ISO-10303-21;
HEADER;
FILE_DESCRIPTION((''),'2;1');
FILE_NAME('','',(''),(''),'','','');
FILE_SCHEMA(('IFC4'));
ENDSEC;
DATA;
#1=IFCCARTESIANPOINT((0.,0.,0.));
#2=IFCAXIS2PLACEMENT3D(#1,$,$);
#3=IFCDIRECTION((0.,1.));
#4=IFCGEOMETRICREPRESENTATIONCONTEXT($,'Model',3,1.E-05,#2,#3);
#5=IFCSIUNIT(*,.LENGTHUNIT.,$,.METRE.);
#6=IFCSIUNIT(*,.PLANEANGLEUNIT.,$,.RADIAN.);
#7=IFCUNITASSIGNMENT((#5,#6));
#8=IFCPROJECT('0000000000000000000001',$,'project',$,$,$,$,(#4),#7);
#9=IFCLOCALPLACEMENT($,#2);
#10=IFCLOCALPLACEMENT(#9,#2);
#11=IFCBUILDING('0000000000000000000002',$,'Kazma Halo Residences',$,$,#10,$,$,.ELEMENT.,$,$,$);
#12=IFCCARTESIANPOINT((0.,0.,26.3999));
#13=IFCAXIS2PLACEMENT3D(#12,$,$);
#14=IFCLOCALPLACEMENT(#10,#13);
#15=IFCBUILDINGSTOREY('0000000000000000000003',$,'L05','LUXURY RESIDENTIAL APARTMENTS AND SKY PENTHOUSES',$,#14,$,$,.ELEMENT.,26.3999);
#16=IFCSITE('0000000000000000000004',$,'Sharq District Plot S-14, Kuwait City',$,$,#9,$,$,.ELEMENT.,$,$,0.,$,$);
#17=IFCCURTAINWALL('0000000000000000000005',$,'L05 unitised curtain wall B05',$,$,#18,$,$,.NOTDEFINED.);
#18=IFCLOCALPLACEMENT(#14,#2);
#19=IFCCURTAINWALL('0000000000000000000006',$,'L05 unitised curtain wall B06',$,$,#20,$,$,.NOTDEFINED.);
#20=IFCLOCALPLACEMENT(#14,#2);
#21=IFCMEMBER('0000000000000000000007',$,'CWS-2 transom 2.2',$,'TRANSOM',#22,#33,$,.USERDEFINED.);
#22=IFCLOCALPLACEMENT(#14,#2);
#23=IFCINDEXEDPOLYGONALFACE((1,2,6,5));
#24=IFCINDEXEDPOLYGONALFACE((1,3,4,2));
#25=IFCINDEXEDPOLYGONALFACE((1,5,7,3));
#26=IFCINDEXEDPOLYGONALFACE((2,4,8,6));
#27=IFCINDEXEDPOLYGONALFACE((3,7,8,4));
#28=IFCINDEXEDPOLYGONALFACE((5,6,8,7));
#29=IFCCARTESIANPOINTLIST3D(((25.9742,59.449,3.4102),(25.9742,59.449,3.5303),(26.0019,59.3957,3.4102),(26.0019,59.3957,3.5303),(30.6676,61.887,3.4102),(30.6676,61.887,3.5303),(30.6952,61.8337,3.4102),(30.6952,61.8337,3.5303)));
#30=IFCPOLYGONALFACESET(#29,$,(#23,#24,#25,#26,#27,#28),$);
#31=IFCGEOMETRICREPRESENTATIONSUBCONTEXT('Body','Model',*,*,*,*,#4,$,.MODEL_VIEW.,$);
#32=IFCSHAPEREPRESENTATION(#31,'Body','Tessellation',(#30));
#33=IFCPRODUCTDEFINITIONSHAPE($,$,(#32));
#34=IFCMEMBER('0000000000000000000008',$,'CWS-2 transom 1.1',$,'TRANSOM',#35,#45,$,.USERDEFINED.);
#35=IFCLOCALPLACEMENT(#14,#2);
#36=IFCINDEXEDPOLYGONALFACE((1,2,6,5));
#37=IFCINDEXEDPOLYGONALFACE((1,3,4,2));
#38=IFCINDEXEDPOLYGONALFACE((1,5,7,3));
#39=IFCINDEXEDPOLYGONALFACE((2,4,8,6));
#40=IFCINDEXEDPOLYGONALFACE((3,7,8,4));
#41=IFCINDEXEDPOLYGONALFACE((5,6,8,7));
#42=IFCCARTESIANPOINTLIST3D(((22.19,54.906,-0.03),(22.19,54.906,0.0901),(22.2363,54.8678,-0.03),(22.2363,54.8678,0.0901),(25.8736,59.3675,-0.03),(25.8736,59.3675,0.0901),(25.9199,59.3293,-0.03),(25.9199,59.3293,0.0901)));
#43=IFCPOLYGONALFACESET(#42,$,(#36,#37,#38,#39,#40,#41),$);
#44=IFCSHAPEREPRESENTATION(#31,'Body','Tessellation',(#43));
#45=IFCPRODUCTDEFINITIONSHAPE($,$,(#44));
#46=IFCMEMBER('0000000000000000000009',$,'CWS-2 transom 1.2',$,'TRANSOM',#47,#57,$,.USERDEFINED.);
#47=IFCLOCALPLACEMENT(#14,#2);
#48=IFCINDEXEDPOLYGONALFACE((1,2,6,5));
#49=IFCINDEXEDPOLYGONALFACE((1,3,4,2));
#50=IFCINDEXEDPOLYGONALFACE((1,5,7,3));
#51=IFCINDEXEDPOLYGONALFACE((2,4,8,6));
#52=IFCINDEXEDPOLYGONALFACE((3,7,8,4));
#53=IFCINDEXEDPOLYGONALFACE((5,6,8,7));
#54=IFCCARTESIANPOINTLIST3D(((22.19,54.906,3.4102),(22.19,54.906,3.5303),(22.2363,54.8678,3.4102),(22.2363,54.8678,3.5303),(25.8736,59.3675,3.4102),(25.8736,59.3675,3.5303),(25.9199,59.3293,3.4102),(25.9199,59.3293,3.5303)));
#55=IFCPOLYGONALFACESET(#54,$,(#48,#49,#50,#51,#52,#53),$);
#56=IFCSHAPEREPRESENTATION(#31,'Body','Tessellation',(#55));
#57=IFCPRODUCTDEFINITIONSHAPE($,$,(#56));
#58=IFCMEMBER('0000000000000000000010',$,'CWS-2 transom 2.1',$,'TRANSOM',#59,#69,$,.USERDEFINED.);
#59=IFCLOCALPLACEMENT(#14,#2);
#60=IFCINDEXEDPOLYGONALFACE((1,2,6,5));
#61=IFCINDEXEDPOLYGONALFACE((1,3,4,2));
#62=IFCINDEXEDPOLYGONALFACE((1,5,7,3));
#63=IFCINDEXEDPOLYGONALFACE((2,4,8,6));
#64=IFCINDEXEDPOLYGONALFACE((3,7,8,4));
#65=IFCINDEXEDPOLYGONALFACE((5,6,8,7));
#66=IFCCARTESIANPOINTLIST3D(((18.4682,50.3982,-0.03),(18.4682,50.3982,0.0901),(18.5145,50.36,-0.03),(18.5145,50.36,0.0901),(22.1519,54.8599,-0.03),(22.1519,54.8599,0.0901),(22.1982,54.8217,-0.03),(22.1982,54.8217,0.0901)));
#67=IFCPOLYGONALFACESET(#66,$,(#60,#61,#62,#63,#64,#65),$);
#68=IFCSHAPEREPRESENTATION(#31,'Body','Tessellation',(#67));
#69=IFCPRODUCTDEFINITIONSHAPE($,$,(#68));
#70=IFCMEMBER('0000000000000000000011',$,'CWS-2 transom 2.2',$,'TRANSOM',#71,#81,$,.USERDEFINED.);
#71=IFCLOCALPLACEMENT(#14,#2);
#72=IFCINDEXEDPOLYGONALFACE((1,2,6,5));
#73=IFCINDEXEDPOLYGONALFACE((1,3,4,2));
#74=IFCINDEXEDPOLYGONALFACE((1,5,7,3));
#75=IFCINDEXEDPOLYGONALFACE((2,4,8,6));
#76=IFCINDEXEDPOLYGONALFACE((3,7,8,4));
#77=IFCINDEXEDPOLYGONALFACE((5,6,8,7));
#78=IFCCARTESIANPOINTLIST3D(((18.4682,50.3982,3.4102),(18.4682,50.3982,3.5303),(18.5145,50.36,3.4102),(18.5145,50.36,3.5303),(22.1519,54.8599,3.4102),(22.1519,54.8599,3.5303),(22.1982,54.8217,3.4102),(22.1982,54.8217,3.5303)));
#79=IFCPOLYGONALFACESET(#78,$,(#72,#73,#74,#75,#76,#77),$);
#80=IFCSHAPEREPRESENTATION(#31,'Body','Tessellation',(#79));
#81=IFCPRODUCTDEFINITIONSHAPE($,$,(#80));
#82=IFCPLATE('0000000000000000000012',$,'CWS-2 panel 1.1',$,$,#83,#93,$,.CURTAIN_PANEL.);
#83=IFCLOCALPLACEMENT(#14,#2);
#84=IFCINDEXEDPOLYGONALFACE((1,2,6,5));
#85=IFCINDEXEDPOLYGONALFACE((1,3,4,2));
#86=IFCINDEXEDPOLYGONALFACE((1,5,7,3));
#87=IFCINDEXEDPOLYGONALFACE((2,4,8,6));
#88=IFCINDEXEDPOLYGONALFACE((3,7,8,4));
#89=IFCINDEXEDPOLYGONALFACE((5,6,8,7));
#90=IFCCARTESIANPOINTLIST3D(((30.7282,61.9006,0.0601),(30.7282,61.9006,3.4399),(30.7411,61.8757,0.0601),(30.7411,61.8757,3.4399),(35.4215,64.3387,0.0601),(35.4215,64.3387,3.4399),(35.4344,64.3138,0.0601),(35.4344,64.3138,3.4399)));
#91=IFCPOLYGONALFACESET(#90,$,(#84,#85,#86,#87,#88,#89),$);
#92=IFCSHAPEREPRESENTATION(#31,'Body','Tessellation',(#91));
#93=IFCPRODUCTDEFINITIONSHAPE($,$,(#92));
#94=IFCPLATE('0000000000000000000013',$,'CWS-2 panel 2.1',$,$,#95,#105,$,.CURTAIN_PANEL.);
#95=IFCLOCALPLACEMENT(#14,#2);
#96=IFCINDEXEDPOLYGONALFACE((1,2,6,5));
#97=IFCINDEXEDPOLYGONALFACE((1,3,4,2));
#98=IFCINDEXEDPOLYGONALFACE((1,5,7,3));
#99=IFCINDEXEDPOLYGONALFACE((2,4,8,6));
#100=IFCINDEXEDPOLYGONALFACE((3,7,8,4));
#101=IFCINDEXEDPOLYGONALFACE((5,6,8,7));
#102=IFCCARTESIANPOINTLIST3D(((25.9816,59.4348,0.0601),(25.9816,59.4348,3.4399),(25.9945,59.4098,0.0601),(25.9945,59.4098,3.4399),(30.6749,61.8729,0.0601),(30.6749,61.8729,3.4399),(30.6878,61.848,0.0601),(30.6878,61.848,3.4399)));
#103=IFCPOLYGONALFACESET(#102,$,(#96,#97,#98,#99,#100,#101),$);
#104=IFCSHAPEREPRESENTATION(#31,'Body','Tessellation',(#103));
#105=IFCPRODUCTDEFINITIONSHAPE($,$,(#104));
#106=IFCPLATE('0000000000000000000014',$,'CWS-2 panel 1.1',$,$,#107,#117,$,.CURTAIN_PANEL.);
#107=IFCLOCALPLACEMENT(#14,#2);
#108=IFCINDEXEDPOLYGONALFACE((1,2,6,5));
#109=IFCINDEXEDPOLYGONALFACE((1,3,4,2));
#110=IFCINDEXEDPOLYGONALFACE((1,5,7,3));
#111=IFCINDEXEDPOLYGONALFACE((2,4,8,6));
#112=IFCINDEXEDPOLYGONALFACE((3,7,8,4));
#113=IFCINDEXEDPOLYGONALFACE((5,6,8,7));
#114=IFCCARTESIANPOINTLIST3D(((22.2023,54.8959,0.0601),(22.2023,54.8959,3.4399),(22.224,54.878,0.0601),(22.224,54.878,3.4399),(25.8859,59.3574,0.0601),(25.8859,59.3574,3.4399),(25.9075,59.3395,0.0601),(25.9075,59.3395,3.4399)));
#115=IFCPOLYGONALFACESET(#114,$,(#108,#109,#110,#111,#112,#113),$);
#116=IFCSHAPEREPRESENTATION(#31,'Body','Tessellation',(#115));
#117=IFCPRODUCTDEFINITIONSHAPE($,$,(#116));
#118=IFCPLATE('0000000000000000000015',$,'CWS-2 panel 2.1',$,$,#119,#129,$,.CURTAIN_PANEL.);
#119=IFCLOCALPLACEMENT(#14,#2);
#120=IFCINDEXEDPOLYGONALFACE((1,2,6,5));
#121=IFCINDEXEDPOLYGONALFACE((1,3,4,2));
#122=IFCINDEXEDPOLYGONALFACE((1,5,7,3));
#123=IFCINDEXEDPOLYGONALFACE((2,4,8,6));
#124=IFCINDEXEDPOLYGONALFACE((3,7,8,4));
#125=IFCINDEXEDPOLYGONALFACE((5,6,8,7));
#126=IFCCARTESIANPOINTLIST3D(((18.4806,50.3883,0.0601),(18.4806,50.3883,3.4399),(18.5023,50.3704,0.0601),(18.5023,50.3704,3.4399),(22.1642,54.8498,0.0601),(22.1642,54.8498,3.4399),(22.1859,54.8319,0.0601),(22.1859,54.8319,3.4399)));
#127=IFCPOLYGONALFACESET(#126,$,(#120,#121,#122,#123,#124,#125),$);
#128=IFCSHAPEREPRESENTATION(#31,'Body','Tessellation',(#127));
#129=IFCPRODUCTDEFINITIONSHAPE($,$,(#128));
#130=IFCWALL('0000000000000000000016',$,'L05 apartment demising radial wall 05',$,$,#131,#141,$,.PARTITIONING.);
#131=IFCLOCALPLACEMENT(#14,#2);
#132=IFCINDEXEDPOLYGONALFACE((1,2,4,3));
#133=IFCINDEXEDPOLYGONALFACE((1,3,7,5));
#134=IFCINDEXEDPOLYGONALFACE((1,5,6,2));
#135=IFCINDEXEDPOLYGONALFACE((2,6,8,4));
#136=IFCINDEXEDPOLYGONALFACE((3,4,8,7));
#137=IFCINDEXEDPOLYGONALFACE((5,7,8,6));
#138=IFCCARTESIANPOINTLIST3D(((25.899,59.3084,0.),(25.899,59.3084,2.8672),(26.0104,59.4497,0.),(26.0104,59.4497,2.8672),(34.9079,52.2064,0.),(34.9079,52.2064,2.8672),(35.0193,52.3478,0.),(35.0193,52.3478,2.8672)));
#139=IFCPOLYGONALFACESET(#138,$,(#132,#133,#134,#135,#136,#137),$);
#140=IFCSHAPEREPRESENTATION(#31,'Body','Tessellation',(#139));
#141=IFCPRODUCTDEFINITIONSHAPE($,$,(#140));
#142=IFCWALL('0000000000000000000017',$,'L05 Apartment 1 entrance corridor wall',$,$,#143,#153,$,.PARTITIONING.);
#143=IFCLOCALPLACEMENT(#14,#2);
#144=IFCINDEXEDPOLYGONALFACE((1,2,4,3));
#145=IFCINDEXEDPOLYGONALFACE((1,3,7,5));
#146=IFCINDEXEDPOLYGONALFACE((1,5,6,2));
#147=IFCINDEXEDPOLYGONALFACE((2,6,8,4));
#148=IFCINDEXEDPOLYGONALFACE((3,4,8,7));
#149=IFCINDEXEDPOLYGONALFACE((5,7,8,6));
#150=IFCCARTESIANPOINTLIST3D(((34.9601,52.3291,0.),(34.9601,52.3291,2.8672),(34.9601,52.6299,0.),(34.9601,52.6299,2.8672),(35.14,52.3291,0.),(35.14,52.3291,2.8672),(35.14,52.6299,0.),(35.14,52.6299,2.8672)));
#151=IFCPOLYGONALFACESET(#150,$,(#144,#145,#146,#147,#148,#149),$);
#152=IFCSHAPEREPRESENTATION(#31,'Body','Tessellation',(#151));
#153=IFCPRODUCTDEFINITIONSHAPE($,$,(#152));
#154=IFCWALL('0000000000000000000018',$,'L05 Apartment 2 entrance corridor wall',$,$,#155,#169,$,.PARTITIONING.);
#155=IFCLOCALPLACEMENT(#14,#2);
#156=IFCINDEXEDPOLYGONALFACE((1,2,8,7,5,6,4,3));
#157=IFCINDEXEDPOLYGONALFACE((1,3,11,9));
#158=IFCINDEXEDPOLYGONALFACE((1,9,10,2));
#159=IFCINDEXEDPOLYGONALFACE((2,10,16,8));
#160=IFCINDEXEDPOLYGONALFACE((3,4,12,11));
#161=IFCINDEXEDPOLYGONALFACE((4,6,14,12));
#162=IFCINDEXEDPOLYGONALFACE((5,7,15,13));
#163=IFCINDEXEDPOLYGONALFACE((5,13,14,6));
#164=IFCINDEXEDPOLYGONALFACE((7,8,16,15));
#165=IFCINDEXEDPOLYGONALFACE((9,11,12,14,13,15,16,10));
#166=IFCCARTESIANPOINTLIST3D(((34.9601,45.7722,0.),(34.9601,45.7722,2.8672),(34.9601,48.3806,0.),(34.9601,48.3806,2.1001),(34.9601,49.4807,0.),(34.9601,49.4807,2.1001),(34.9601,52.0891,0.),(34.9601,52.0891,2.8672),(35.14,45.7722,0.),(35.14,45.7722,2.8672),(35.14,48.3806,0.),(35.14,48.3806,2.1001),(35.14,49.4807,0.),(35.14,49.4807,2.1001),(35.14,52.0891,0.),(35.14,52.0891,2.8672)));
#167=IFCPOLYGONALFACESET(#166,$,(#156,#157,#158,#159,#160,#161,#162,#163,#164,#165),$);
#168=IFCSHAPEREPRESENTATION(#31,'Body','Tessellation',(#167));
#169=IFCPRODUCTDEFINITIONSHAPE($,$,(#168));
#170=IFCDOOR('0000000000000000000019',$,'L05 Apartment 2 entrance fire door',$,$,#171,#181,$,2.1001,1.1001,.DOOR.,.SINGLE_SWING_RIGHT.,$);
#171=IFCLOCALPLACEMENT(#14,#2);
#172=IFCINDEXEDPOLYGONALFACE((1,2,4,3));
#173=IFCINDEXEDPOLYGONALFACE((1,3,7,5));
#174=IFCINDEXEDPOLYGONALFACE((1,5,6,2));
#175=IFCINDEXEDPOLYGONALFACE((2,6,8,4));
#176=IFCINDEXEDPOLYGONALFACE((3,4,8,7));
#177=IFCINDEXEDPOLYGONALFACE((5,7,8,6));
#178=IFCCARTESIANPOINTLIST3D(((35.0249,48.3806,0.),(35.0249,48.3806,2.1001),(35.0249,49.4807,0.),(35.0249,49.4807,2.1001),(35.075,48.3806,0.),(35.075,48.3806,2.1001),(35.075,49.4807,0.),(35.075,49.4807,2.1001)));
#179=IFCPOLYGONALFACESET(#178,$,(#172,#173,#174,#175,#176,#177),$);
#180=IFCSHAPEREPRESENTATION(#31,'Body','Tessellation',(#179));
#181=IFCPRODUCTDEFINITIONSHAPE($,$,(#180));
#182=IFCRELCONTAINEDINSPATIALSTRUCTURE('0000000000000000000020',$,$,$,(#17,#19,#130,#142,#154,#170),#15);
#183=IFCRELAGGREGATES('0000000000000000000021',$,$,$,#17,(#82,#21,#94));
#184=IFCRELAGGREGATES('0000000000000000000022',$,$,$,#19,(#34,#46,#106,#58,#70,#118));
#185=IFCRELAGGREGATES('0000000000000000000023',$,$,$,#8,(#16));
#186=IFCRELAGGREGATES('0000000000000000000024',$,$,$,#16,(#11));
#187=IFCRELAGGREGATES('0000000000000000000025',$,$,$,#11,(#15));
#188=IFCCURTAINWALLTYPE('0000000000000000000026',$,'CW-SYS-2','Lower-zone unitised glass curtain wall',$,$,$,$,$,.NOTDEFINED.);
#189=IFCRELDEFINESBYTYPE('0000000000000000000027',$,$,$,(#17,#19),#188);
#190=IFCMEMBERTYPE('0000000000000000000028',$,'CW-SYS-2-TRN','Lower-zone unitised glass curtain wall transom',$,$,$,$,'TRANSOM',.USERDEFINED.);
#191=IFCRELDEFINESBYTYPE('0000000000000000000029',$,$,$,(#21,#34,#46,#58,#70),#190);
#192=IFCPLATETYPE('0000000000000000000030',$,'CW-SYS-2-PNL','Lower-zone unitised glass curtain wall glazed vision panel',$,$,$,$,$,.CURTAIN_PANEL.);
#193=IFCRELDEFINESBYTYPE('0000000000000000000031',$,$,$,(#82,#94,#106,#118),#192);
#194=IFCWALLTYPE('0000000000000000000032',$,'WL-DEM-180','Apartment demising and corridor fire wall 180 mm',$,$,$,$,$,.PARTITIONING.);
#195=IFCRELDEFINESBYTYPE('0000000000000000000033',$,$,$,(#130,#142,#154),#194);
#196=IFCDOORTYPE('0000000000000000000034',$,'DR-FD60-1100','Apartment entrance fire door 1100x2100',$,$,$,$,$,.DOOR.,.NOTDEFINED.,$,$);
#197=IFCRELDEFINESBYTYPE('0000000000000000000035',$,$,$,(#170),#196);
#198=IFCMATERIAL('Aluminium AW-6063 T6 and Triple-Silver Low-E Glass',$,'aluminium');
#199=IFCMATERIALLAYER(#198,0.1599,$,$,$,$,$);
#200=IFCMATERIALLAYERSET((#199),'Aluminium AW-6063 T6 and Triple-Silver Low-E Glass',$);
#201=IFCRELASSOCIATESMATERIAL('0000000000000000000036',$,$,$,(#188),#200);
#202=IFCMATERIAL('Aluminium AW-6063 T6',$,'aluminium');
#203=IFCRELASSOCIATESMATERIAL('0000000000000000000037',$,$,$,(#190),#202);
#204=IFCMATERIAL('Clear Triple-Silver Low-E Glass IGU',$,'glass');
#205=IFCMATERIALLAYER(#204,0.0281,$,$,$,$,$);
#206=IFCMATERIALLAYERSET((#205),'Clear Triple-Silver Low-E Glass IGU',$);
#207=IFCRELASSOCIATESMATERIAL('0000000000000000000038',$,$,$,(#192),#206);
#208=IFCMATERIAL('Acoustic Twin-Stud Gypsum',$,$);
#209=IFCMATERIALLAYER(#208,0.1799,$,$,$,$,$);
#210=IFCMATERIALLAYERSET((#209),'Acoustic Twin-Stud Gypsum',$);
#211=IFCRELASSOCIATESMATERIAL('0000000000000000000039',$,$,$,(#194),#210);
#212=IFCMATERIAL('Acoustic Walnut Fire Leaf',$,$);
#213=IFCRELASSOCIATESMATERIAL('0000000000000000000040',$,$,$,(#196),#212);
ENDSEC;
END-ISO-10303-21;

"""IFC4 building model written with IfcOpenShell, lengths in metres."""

from ifc_helpers import new_model, si_unit, direction, frame, frame_2d, origin, origin_2d, place, context, subcontext, project, spatial, rectangle, extrude, material, layer, layer_set, material_profile, profile_set, type_object, element, fill, aggregate, save


model = new_model("IFC4")

# Units and contexts
model_context = context("Model", 3, precision=1e-05, world=origin(), true_north=direction((0.0, 1.0)))
body_context = subcontext(model_context, "Body", "Model", "MODEL_VIEW")
ifc_project = project(units=[si_unit("LENGTHUNIT", "METRE"), si_unit("PLANEANGLEUNIT", "RADIAN")], contexts=[model_context])

# Site, building, storey
site_placement = place(None, origin())
site = spatial("IfcSite", under=ifc_project, at=site_placement, Name="Sharq District Plot S-14, Kuwait City", CompositionType="ELEMENT", RefElevation=0.0)
building_placement = place(site_placement, origin())
building = spatial("IfcBuilding", under=site, at=building_placement, Name="Kazma Halo Residences", CompositionType="ELEMENT")
storey_placement = place(building_placement, frame((0.0, 0.0, 26.3999)))
storey = spatial("IfcBuildingStorey", under=building, at=storey_placement, Name="L05", Description="LUXURY RESIDENTIAL APARTMENTS AND SKY PENTHOUSES", CompositionType="ELEMENT", Elevation=26.3999)

# Shared definitions
ifc_material_1 = material(Name="Aluminium AW-6063 T6 and Triple-Silver Low-E Glass", Category="aluminium")
ifc_layer_1 = layer(ifc_material_1, 0.1599)
ifc_layer_set_1 = layer_set([ifc_layer_1], Name="Aluminium AW-6063 T6 and Triple-Silver Low-E Glass")
curtain_wall_type = type_object("IfcCurtainWallType", Name="CW-SYS-2", Description="Lower-zone unitised glass curtain wall", PredefinedType="NOTDEFINED", material=ifc_layer_set_1)
ifc_material_2 = material(Name="Aluminium AW-6063 T6", Category="aluminium")

# Curtain walls
curtain_wall_1_placement = place(storey_placement, origin())
curtain_wall_1 = element("IfcCurtainWall", 1, at=curtain_wall_1_placement, inside=storey, type_object=curtain_wall_type, Name="L05 unitised curtain wall B05", PredefinedType="NOTDEFINED")
curtain_wall_2_placement = place(storey_placement, origin())
curtain_wall_2 = element("IfcCurtainWall", 2, at=curtain_wall_2_placement, inside=storey, type_object=curtain_wall_type, Name="L05 unitised curtain wall B06", PredefinedType="NOTDEFINED")

# Members
ifc_material_profile_1 = material_profile(ifc_material_2, rectangle(XDim=0.0601, YDim=0.1201, at=origin_2d()), Name="CWT-60x120")
ifc_profile_set_1 = profile_set([ifc_material_profile_1], Name="Aluminium AW-6063 T6")
member_type_1 = type_object("IfcMemberType", Name="CW-SYS-2-TRN", Description="Lower-zone unitised glass curtain wall transom", ElementType="TRANSOM", PredefinedType="USERDEFINED", material=ifc_profile_set_1)
member_1_placement = place(storey_placement, frame((30.6814, 61.8604, 3.4702), z_axis=(-0.887415, -0.460972, 0.0), x_axis=(0.460972, -0.887415, 0.0)))
member_1 = element("IfcMember", 3, at=member_1_placement, type_object=member_type_1, Name="CWS-2 transom 2.2", ObjectType="TRANSOM", PredefinedType="USERDEFINED", context=body_context, shape_type="SweptSolid", body=[
    extrude(rectangle(XDim=0.0601, YDim=0.1201, at=origin_2d()), origin(), (0.0, 0.0, 1.0), 5.2888),
])
member_2_placement = place(storey_placement, frame((25.8967, 59.3484, 0.03), z_axis=(-0.636683, -0.771126, 0.0), x_axis=(0.771126, -0.636683, 0.0)))
member_2 = element("IfcMember", 4, at=member_2_placement, type_object=member_type_1, Name="CWS-2 transom 1.1", ObjectType="TRANSOM", PredefinedType="USERDEFINED", context=body_context, shape_type="SweptSolid", body=[
    extrude(rectangle(XDim=0.0601, YDim=0.1201, at=origin_2d()), origin(), (0.0, 0.0, 1.0), 5.7856),
])
member_3_placement = place(storey_placement, frame((25.8967, 59.3484, 3.4702), z_axis=(-0.636683, -0.771126, 0.0), x_axis=(0.771126, -0.636683, 0.0)))
member_3 = element("IfcMember", 5, at=member_3_placement, type_object=member_type_1, Name="CWS-2 transom 1.2", ObjectType="TRANSOM", PredefinedType="USERDEFINED", context=body_context, shape_type="SweptSolid", body=[
    extrude(rectangle(XDim=0.0601, YDim=0.1201, at=origin_2d()), origin(), (0.0, 0.0, 1.0), 5.7856),
])
member_4_placement = place(storey_placement, frame((22.175, 54.8408, 0.03), z_axis=(-0.636662, -0.771143, 0.0), x_axis=(0.771143, -0.636662, 0.0)))
member_4 = element("IfcMember", 6, at=member_4_placement, type_object=member_type_1, Name="CWS-2 transom 2.1", ObjectType="TRANSOM", PredefinedType="USERDEFINED", context=body_context, shape_type="SweptSolid", body=[
    extrude(rectangle(XDim=0.0601, YDim=0.1201, at=origin_2d()), origin(), (0.0, 0.0, 1.0), 5.7859),
])
member_5_placement = place(storey_placement, frame((22.175, 54.8408, 3.4702), z_axis=(-0.636662, -0.771143, 0.0), x_axis=(0.771143, -0.636662, 0.0)))
member_5 = element("IfcMember", 7, at=member_5_placement, type_object=member_type_1, Name="CWS-2 transom 2.2", ObjectType="TRANSOM", PredefinedType="USERDEFINED", context=body_context, shape_type="SweptSolid", body=[
    extrude(rectangle(XDim=0.0601, YDim=0.1201, at=origin_2d()), origin(), (0.0, 0.0, 1.0), 5.7859),
])

# Plates
ifc_material_3 = material(Name="Clear Triple-Silver Low-E Glass IGU", Category="glass")
ifc_layer_2 = layer(ifc_material_3, 0.0281)
ifc_layer_set_2 = layer_set([ifc_layer_2], Name="Clear Triple-Silver Low-E Glass IGU")
plate_type = type_object("IfcPlateType", Name="CW-SYS-2-PNL", Description="Lower-zone unitised glass curtain wall glazed vision panel", PredefinedType="CURTAIN_PANEL", material=ifc_layer_set_2)
plate_1_placement = place(storey_placement, frame((33.0813, 63.1072, 0.0601), z_axis=(0.0, 0.0, 1.0), x_axis=(-0.887402, -0.460996, 0.0)))
plate_1 = element("IfcPlate", 8, at=plate_1_placement, type_object=plate_type, Name="CWS-2 panel 1.1", PredefinedType="CURTAIN_PANEL", context=body_context, shape_type="SweptSolid", body=[
    extrude(rectangle(XDim=5.2888, YDim=0.0281, at=origin_2d()), origin(), (0.0, 0.0, 1.0), 3.3799),
])
plate_2_placement = place(storey_placement, frame((28.3347, 60.6414, 0.0601), z_axis=(0.0, 0.0, 1.0), x_axis=(-0.887402, -0.460996, 0.0)))
plate_2 = element("IfcPlate", 9, at=plate_2_placement, type_object=plate_type, Name="CWS-2 panel 2.1", PredefinedType="CURTAIN_PANEL", context=body_context, shape_type="SweptSolid", body=[
    extrude(rectangle(XDim=5.2888, YDim=0.0281, at=origin_2d()), origin(), (0.0, 0.0, 1.0), 3.3799),
])
aggregate(curtain_wall_1, [plate_1, member_1, plate_2])
plate_3_placement = place(storey_placement, frame((24.0549, 57.1177, 0.0601), z_axis=(0.0, 0.0, 1.0), x_axis=(-0.636671, -0.771135, 0.0)))
plate_3 = element("IfcPlate", 10, at=plate_3_placement, type_object=plate_type, Name="CWS-2 panel 1.1", PredefinedType="CURTAIN_PANEL", context=body_context, shape_type="SweptSolid", body=[
    extrude(rectangle(XDim=5.7856, YDim=0.0281, at=origin_2d()), origin(), (0.0, 0.0, 1.0), 3.3799),
])
plate_4_placement = place(storey_placement, frame((20.3333, 52.6101, 0.0601), z_axis=(0.0, 0.0, 1.0), x_axis=(-0.636671, -0.771135, 0.0)))
plate_4 = element("IfcPlate", 11, at=plate_4_placement, type_object=plate_type, Name="CWS-2 panel 2.1", PredefinedType="CURTAIN_PANEL", context=body_context, shape_type="SweptSolid", body=[
    extrude(rectangle(XDim=5.7856, YDim=0.0281, at=origin_2d()), origin(), (0.0, 0.0, 1.0), 3.3799),
])
aggregate(curtain_wall_2, [member_2, member_3, plate_3, member_4, member_5, plate_4])

# Walls
ifc_material_4 = material(Name="Acoustic Twin-Stud Gypsum")
ifc_layer_3 = layer(ifc_material_4, 0.1799)
ifc_layer_set_3 = layer_set([ifc_layer_3], Name="Acoustic Twin-Stud Gypsum")
wall_type = type_object("IfcWallType", Name="WL-DEM-180", Description="Apartment demising and corridor fire wall 180 mm", PredefinedType="PARTITIONING", material=ifc_layer_set_3)
wall_1_placement = place(storey_placement, frame((34.9636, 52.2771, 0.0), z_axis=(0.0, 0.0, 1.0), x_axis=(-0.785321, 0.619089, 0.0)))
element("IfcWall", 12, at=wall_1_placement, inside=storey, type_object=wall_type, Name="L05 apartment demising radial wall 05", PredefinedType="PARTITIONING", context=body_context, shape_type="SweptSolid", body=[
    extrude(rectangle(XDim=11.4717, YDim=0.1799, at=frame_2d((5.7358, 0.0))), origin(), (0.0, 0.0, 1.0), 2.8672),
])
wall_2_placement = place(storey_placement, frame((35.05, 52.6299, 0.0), z_axis=(0.0, 0.0, 1.0), x_axis=(0.0, -1.0, 0.0)))
element("IfcWall", 13, at=wall_2_placement, inside=storey, type_object=wall_type, Name="L05 Apartment 1 entrance corridor wall", PredefinedType="PARTITIONING", context=body_context, shape_type="SweptSolid", body=[
    extrude(rectangle(XDim=0.3008, YDim=0.1799, at=frame_2d((0.1504, 0.0))), origin(), (0.0, 0.0, 1.0), 2.8672),
])

# Wall, opening, door
wall_3_placement = place(storey_placement, frame((35.05, 52.0891, 0.0), z_axis=(0.0, 0.0, 1.0), x_axis=(0.0, -1.0, 0.0)))
wall_3 = element("IfcWall", 14, at=wall_3_placement, inside=storey, type_object=wall_type, Name="L05 Apartment 2 entrance corridor wall", PredefinedType="PARTITIONING", context=body_context, shape_type="SweptSolid", body=[
    extrude(rectangle(XDim=6.3169, YDim=0.1799, at=frame_2d((3.1584, 0.0))), origin(), (0.0, 0.0, 1.0), 2.8672),
])
opening_placement = place(wall_3_placement, frame((2.6084, 0.0, 0.0)))
opening = element("IfcOpeningElement", 15, at=opening_placement, cuts=wall_3, PredefinedType="OPENING", context=body_context, shape_type="SweptSolid", body=[
    extrude(rectangle(XDim=1.1001, YDim=2.1001, at=frame_2d((0.55, 1.05))), frame((0.0, 0.0999, 0.0), z_axis=(0.0, -1.0, 0.0), x_axis=(1.0, 0.0, 0.0)), (0.0, 0.0, 1.0), 0.2),
])
ifc_material_5 = material(Name="Acoustic Walnut Fire Leaf")
door_type = type_object("IfcDoorType", Name="DR-FD60-1100", Description="Apartment entrance fire door 1100x2100", OperationType="NOTDEFINED", PredefinedType="DOOR", material=ifc_material_5)
door_placement = place(opening_placement, origin())
door = element("IfcDoor", 16, at=door_placement, inside=storey, type_object=door_type, Name="L05 Apartment 2 entrance fire door", OperationType="SINGLE_SWING_RIGHT", OverallHeight=2.1001, OverallWidth=1.1001, PredefinedType="DOOR", context=body_context, shape_type="SweptSolid", body=[
    extrude(rectangle(XDim=1.1001, YDim=2.1001, at=frame_2d((0.55, 1.05))), frame((0.0, 0.0249, 0.0), z_axis=(0.0, -1.0, 0.0), x_axis=(1.0, 0.0, 0.0)), (0.0, 0.0, 1.0), 0.05),
])
fill(opening, door)

save(model, "model.ifc")
